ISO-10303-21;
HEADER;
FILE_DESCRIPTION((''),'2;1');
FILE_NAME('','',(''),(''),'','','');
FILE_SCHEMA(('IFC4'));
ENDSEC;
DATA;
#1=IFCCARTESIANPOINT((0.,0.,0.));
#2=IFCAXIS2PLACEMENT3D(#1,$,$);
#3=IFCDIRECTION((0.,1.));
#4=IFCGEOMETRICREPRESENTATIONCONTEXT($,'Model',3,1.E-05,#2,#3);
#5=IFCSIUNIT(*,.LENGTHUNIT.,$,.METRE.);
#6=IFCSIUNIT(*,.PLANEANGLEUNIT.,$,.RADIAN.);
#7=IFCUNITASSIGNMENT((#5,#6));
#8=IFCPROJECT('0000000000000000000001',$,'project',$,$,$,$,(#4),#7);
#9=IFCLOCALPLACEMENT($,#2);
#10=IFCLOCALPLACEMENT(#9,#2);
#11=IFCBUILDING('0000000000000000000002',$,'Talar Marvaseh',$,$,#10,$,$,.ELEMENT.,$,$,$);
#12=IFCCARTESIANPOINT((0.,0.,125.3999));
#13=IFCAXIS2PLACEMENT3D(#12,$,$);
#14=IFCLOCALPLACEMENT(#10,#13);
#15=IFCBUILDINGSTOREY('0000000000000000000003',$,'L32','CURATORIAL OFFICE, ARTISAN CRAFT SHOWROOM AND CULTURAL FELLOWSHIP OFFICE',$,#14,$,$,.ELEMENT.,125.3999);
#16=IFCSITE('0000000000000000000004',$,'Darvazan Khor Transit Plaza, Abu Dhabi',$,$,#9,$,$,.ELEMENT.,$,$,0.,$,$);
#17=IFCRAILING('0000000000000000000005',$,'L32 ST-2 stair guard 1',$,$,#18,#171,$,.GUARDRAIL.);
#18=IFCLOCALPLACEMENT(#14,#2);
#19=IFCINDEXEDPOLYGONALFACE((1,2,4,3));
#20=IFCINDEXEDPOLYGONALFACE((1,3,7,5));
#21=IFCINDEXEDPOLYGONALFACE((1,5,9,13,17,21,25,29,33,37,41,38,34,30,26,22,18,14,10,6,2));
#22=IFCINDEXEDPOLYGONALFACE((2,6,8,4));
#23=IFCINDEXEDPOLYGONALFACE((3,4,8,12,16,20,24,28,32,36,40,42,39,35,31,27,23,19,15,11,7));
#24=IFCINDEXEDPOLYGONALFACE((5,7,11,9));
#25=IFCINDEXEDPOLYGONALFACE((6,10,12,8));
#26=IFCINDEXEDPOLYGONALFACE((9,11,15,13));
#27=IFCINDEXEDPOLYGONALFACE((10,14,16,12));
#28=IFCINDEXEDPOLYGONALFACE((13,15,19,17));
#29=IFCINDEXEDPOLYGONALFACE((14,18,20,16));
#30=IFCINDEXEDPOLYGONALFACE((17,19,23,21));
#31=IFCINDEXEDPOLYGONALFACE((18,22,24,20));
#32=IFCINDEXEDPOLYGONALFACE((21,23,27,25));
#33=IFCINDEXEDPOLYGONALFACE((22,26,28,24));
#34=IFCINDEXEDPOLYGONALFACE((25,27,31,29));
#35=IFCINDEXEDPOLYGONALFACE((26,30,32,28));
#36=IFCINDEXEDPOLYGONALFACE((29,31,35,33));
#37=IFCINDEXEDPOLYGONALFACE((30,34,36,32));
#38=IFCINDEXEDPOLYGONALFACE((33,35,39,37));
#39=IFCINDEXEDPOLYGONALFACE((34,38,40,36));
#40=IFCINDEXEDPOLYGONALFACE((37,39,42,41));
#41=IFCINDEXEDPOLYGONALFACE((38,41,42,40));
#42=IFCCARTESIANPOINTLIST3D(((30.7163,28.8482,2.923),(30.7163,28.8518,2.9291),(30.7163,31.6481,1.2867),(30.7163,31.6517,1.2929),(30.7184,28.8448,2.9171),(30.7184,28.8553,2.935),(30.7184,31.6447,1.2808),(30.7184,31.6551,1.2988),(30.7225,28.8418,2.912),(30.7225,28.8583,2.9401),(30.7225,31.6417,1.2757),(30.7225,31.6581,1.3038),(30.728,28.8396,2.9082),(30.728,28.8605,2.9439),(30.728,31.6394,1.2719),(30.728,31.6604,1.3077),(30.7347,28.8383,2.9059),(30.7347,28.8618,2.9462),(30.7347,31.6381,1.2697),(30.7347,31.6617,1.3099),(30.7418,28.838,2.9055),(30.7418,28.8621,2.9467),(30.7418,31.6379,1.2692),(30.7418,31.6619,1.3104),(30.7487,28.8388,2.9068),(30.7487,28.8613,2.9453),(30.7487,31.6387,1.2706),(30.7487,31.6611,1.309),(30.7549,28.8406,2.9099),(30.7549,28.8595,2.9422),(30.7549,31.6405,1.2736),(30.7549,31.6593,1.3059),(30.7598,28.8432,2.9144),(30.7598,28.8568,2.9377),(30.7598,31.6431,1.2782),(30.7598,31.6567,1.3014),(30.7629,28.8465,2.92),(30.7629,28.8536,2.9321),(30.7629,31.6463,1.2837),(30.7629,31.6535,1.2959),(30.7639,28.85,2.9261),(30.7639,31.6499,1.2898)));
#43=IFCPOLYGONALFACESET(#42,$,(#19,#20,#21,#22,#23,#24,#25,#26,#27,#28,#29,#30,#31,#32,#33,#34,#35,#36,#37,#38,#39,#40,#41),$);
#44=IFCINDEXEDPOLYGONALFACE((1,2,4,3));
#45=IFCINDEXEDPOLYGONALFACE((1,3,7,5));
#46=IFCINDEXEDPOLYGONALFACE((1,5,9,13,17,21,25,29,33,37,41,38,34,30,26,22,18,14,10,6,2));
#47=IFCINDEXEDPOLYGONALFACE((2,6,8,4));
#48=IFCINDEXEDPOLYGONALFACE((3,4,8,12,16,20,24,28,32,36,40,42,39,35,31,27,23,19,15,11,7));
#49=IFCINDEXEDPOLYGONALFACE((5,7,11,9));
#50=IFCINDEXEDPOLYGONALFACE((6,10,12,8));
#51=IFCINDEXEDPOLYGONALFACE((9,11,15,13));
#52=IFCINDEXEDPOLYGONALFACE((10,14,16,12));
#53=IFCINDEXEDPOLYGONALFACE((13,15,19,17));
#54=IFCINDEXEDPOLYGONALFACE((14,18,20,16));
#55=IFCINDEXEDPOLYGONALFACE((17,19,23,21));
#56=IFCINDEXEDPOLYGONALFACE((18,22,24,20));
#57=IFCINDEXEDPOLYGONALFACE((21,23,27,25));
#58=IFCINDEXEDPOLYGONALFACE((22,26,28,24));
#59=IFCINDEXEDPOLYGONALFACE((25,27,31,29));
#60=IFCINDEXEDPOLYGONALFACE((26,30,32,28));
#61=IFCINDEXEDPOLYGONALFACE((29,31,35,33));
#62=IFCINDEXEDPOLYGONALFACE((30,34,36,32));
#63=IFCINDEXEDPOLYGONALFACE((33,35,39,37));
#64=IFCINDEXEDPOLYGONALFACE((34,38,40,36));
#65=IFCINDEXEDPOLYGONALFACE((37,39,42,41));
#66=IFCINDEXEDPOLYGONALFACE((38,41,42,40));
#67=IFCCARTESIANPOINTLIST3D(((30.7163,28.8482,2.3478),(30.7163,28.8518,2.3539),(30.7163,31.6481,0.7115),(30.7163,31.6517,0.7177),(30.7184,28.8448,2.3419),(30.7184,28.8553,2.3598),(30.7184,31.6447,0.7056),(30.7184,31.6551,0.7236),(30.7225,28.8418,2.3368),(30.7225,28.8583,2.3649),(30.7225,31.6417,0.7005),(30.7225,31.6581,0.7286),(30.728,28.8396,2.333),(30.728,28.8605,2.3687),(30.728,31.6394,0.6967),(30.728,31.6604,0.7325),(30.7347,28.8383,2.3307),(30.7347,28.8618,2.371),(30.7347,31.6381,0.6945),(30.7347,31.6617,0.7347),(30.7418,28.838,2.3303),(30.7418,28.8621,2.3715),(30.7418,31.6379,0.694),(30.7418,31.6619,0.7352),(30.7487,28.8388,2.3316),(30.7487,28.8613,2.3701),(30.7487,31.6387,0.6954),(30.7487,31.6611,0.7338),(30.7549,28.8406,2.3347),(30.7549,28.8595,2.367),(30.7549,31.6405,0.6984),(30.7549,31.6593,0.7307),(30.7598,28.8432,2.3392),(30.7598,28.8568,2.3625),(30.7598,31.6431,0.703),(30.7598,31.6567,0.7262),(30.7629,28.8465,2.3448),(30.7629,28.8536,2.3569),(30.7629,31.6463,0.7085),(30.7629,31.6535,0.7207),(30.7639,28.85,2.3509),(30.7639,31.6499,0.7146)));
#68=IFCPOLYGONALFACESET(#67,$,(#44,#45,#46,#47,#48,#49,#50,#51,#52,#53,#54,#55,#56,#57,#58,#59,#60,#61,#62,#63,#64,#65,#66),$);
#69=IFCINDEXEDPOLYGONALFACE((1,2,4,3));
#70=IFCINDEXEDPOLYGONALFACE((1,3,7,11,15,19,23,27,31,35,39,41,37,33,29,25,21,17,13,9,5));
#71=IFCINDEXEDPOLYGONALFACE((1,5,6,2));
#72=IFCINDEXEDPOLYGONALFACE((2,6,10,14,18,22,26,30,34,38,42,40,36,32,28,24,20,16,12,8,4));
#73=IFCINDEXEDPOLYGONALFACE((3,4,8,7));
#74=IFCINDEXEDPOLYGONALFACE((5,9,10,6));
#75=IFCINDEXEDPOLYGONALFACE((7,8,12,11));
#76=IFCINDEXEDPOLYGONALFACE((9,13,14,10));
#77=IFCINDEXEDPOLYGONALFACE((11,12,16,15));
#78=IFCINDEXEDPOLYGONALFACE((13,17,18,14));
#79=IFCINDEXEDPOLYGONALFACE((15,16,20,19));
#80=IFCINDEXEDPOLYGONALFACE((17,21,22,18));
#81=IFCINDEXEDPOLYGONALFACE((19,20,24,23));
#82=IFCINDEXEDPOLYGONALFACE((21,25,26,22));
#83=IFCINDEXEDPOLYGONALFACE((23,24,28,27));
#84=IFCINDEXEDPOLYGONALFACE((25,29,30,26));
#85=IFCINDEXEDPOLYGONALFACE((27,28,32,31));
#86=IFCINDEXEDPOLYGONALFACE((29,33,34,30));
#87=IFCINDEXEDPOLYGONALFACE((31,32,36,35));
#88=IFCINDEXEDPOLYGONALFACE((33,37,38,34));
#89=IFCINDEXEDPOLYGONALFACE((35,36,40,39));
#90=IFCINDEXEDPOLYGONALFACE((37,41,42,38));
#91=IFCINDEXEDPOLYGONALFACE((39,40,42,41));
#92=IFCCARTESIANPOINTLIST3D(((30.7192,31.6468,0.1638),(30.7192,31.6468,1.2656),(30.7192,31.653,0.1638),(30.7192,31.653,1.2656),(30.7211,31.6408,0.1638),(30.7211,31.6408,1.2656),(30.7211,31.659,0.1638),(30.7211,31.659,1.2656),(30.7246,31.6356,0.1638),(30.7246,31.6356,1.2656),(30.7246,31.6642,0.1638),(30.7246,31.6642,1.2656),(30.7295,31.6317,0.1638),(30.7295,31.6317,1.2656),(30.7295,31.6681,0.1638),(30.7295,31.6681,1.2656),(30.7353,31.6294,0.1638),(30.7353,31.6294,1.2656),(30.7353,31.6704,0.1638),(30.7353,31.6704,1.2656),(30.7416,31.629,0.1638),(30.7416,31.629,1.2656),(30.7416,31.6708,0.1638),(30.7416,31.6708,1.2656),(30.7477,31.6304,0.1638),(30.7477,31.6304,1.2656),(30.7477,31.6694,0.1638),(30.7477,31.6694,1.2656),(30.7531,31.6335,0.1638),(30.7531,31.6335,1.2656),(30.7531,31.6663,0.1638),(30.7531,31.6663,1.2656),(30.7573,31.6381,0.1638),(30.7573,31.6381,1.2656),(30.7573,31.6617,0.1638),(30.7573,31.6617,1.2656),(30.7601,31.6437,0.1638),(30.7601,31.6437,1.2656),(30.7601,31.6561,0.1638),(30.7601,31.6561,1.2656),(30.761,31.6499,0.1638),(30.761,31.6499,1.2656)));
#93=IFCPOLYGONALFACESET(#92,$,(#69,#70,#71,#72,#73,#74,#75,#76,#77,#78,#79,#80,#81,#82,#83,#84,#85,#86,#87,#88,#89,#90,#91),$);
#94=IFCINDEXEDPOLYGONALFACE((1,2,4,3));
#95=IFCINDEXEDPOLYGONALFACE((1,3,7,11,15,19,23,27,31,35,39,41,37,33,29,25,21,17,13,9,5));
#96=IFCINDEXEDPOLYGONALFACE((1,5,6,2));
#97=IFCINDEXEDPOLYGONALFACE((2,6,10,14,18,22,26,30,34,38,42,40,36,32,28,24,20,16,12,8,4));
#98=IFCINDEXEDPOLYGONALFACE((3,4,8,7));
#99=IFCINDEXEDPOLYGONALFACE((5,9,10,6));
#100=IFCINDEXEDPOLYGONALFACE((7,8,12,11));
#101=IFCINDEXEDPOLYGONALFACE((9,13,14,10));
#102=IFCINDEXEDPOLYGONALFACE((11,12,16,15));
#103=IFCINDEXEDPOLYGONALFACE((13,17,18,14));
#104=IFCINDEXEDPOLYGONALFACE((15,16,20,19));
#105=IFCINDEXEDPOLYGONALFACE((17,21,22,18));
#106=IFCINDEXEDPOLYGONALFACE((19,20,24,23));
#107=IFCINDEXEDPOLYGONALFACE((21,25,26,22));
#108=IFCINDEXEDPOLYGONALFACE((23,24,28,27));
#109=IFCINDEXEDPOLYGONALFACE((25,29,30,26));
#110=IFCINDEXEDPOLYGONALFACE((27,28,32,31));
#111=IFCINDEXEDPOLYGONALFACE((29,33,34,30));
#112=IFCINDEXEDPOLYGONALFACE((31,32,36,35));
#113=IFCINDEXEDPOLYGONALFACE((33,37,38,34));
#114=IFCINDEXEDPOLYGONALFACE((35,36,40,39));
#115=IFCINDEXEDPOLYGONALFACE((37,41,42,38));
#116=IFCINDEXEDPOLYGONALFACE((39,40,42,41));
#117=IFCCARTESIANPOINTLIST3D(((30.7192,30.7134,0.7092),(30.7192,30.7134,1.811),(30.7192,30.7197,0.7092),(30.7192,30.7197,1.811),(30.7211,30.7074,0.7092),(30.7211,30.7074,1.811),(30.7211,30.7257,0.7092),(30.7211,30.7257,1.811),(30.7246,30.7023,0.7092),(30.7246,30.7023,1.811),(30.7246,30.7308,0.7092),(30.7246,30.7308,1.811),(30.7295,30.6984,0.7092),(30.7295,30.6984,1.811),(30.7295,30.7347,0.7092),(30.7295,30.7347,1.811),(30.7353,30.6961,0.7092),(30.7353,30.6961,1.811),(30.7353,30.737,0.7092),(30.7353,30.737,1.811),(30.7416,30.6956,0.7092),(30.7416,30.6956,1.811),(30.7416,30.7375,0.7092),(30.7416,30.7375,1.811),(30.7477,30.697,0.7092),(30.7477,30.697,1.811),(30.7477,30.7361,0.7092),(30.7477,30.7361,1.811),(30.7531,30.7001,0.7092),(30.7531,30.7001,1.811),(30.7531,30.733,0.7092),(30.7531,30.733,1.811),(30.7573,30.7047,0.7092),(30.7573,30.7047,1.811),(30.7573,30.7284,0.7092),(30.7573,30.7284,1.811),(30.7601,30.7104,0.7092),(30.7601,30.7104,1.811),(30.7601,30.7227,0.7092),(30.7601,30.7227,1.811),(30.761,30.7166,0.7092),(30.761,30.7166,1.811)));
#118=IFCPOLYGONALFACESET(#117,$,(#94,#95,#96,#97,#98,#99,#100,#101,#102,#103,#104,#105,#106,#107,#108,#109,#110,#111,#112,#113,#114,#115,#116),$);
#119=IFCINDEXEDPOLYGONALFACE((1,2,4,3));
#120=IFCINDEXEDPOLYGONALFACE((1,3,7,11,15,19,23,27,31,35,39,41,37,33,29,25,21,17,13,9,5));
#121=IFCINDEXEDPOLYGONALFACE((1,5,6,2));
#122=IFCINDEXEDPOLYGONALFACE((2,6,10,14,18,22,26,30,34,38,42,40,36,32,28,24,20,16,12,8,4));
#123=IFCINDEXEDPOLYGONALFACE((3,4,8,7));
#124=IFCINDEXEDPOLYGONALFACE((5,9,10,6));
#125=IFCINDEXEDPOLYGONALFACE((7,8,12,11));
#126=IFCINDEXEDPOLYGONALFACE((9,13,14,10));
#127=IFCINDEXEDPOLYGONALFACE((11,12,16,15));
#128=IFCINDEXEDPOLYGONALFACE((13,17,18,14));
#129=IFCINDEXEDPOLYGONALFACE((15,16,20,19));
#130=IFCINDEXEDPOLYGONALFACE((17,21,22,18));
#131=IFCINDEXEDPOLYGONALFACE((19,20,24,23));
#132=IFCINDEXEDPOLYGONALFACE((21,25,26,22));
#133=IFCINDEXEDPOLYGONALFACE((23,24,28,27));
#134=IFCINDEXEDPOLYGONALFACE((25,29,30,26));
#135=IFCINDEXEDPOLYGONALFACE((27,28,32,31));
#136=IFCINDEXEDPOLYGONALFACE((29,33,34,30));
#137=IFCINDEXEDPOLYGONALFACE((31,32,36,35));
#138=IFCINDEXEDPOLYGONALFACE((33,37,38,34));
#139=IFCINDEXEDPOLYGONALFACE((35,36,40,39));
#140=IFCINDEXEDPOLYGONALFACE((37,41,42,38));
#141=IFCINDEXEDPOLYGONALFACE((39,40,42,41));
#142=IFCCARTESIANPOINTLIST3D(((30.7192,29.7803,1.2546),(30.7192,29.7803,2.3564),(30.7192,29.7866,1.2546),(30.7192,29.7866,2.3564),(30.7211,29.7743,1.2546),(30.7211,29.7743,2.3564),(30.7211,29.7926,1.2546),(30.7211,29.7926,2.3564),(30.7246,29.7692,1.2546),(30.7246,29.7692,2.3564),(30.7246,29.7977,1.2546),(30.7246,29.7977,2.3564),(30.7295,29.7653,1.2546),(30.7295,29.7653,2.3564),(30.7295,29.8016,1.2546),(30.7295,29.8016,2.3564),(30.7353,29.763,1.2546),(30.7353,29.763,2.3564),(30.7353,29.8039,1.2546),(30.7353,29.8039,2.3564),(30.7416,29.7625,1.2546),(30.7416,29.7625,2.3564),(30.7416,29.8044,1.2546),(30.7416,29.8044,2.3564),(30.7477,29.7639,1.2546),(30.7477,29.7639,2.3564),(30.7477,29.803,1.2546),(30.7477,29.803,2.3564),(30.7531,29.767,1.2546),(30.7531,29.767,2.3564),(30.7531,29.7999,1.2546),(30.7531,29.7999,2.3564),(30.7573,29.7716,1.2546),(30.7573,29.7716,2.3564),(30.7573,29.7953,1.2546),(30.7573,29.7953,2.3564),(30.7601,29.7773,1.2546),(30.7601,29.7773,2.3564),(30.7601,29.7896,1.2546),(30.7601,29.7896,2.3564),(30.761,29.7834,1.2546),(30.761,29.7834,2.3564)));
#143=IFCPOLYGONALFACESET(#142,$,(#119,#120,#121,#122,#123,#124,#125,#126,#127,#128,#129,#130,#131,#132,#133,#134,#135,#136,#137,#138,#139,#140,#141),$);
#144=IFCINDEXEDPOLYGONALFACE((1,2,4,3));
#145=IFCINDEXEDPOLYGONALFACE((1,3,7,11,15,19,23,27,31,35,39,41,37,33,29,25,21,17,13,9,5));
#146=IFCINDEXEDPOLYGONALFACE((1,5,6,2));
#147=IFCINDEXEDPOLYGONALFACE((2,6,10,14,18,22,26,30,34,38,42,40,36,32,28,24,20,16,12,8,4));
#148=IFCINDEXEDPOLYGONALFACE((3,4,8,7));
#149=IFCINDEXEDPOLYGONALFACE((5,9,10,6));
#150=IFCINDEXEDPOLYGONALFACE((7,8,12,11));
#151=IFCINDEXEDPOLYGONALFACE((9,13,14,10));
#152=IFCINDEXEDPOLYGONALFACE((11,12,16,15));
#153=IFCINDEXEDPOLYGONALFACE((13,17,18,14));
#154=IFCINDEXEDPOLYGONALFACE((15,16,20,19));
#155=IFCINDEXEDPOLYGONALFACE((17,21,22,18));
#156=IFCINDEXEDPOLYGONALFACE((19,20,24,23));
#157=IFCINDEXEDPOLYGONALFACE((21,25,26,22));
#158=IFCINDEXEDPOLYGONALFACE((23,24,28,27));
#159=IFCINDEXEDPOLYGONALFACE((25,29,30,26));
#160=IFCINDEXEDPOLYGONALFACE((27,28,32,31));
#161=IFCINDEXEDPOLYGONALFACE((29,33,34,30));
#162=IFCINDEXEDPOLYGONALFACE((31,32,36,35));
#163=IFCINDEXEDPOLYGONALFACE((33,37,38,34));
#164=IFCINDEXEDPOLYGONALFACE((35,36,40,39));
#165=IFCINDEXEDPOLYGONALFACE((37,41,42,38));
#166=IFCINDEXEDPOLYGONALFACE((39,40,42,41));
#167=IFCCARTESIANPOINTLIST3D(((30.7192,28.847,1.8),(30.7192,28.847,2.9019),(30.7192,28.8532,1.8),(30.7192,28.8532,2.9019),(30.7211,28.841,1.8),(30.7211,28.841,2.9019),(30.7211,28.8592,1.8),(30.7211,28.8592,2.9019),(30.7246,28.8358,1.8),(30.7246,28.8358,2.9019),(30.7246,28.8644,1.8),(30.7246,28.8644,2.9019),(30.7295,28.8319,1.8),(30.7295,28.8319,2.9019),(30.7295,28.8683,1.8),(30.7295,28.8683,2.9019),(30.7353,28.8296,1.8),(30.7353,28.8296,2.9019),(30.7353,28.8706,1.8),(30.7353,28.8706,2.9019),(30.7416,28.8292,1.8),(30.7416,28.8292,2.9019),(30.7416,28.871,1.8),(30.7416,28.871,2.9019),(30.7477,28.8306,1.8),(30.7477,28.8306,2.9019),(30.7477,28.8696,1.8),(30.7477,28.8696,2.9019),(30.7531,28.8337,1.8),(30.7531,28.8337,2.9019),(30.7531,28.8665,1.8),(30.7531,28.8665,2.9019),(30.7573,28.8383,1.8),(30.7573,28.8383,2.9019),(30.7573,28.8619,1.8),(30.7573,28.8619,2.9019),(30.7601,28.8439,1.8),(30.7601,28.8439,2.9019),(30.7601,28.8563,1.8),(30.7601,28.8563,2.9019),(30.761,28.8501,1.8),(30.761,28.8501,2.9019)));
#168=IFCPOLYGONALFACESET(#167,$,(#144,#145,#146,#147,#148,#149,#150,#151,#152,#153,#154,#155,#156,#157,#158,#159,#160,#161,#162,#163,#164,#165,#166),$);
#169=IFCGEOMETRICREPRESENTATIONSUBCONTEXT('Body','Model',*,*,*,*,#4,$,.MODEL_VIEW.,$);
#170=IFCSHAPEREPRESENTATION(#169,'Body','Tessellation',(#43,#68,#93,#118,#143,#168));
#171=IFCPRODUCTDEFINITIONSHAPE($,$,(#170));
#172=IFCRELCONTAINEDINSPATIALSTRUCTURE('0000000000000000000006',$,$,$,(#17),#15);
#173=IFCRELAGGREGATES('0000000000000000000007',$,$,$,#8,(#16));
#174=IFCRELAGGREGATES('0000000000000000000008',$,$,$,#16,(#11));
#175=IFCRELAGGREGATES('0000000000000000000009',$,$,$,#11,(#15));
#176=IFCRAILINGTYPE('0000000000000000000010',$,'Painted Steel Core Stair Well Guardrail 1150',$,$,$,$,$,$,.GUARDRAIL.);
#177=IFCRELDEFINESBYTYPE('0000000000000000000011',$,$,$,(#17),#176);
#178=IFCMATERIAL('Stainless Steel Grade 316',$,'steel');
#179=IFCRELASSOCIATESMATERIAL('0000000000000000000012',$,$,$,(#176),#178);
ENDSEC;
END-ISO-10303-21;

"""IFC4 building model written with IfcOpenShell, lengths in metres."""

from ifc_helpers import new_model, si_unit, direction, frame, origin, origin_2d, place, context, subcontext, project, spatial, circle, extrude, material, type_object, element, save


model = new_model("IFC4")

# Units and contexts
model_context = context("Model", 3, precision=1e-05, world=origin(), true_north=direction((0.0, 1.0)))
body_context = subcontext(model_context, "Body", "Model", "MODEL_VIEW")
ifc_project = project(units=[si_unit("LENGTHUNIT", "METRE"), si_unit("PLANEANGLEUNIT", "RADIAN")], contexts=[model_context])

# Site, building, storey
site_placement = place(None, origin())
site = spatial("IfcSite", under=ifc_project, at=site_placement, Name="Darvazan Khor Transit Plaza, Abu Dhabi", CompositionType="ELEMENT", RefElevation=0.0)
building_placement = place(site_placement, origin())
building = spatial("IfcBuilding", under=site, at=building_placement, Name="Talar Marvaseh", CompositionType="ELEMENT")
storey_placement = place(building_placement, frame((0.0, 0.0, 125.3999)))
storey = spatial("IfcBuildingStorey", under=building, at=storey_placement, Name="L32", Description="CURATORIAL OFFICE, ARTISAN CRAFT SHOWROOM AND CULTURAL FELLOWSHIP OFFICE", CompositionType="ELEMENT", Elevation=125.3999)

# Shared definitions
ifc_material_1 = material(Name="Stainless Steel Grade 316", Category="steel")

# Railing
railing_type_1 = type_object("IfcRailingType", Name="Painted Steel Core Stair Well Guardrail 1150", PredefinedType="GUARDRAIL", material=ifc_material_1)
railing_1_placement = place(storey_placement, frame((30.74, 31.6499, 0.1638)))
element("IfcRailing", 1, at=railing_1_placement, inside=storey, type_object=railing_type_1, Name="L32 ST-2 stair guard 1", PredefinedType="GUARDRAIL", context=body_context, shape_type="SweptSolid", body=[
    extrude(circle(Radius=0.0239, at=origin_2d()), frame((0.0, 0.0, 1.126), z_axis=(0.0, -0.863374, 0.504564), x_axis=(1.0, 0.0, 0.0)), (0.0, 0.0, 1.0), 3.2429),
    extrude(circle(Radius=0.0239, at=origin_2d()), frame((0.0, 0.0, 0.5508), z_axis=(0.0, -0.863374, 0.504564), x_axis=(1.0, 0.0, 0.0)), (0.0, 0.0, 1.0), 3.2429),
    extrude(circle(Radius=0.021, at=origin_2d()), origin(), (0.0, 0.0, 1.0), 1.1018),
    extrude(circle(Radius=0.021, at=origin_2d()), frame((0.0, -0.9333, 0.5454)), (0.0, 0.0, 1.0), 1.1018),
    extrude(circle(Radius=0.021, at=origin_2d()), frame((0.0, -1.8665, 1.0908)), (0.0, 0.0, 1.0), 1.1018),
    extrude(circle(Radius=0.021, at=origin_2d()), frame((0.0, -2.7998, 1.6362)), (0.0, 0.0, 1.0), 1.1018),
])

save(model, "model.ifc")
